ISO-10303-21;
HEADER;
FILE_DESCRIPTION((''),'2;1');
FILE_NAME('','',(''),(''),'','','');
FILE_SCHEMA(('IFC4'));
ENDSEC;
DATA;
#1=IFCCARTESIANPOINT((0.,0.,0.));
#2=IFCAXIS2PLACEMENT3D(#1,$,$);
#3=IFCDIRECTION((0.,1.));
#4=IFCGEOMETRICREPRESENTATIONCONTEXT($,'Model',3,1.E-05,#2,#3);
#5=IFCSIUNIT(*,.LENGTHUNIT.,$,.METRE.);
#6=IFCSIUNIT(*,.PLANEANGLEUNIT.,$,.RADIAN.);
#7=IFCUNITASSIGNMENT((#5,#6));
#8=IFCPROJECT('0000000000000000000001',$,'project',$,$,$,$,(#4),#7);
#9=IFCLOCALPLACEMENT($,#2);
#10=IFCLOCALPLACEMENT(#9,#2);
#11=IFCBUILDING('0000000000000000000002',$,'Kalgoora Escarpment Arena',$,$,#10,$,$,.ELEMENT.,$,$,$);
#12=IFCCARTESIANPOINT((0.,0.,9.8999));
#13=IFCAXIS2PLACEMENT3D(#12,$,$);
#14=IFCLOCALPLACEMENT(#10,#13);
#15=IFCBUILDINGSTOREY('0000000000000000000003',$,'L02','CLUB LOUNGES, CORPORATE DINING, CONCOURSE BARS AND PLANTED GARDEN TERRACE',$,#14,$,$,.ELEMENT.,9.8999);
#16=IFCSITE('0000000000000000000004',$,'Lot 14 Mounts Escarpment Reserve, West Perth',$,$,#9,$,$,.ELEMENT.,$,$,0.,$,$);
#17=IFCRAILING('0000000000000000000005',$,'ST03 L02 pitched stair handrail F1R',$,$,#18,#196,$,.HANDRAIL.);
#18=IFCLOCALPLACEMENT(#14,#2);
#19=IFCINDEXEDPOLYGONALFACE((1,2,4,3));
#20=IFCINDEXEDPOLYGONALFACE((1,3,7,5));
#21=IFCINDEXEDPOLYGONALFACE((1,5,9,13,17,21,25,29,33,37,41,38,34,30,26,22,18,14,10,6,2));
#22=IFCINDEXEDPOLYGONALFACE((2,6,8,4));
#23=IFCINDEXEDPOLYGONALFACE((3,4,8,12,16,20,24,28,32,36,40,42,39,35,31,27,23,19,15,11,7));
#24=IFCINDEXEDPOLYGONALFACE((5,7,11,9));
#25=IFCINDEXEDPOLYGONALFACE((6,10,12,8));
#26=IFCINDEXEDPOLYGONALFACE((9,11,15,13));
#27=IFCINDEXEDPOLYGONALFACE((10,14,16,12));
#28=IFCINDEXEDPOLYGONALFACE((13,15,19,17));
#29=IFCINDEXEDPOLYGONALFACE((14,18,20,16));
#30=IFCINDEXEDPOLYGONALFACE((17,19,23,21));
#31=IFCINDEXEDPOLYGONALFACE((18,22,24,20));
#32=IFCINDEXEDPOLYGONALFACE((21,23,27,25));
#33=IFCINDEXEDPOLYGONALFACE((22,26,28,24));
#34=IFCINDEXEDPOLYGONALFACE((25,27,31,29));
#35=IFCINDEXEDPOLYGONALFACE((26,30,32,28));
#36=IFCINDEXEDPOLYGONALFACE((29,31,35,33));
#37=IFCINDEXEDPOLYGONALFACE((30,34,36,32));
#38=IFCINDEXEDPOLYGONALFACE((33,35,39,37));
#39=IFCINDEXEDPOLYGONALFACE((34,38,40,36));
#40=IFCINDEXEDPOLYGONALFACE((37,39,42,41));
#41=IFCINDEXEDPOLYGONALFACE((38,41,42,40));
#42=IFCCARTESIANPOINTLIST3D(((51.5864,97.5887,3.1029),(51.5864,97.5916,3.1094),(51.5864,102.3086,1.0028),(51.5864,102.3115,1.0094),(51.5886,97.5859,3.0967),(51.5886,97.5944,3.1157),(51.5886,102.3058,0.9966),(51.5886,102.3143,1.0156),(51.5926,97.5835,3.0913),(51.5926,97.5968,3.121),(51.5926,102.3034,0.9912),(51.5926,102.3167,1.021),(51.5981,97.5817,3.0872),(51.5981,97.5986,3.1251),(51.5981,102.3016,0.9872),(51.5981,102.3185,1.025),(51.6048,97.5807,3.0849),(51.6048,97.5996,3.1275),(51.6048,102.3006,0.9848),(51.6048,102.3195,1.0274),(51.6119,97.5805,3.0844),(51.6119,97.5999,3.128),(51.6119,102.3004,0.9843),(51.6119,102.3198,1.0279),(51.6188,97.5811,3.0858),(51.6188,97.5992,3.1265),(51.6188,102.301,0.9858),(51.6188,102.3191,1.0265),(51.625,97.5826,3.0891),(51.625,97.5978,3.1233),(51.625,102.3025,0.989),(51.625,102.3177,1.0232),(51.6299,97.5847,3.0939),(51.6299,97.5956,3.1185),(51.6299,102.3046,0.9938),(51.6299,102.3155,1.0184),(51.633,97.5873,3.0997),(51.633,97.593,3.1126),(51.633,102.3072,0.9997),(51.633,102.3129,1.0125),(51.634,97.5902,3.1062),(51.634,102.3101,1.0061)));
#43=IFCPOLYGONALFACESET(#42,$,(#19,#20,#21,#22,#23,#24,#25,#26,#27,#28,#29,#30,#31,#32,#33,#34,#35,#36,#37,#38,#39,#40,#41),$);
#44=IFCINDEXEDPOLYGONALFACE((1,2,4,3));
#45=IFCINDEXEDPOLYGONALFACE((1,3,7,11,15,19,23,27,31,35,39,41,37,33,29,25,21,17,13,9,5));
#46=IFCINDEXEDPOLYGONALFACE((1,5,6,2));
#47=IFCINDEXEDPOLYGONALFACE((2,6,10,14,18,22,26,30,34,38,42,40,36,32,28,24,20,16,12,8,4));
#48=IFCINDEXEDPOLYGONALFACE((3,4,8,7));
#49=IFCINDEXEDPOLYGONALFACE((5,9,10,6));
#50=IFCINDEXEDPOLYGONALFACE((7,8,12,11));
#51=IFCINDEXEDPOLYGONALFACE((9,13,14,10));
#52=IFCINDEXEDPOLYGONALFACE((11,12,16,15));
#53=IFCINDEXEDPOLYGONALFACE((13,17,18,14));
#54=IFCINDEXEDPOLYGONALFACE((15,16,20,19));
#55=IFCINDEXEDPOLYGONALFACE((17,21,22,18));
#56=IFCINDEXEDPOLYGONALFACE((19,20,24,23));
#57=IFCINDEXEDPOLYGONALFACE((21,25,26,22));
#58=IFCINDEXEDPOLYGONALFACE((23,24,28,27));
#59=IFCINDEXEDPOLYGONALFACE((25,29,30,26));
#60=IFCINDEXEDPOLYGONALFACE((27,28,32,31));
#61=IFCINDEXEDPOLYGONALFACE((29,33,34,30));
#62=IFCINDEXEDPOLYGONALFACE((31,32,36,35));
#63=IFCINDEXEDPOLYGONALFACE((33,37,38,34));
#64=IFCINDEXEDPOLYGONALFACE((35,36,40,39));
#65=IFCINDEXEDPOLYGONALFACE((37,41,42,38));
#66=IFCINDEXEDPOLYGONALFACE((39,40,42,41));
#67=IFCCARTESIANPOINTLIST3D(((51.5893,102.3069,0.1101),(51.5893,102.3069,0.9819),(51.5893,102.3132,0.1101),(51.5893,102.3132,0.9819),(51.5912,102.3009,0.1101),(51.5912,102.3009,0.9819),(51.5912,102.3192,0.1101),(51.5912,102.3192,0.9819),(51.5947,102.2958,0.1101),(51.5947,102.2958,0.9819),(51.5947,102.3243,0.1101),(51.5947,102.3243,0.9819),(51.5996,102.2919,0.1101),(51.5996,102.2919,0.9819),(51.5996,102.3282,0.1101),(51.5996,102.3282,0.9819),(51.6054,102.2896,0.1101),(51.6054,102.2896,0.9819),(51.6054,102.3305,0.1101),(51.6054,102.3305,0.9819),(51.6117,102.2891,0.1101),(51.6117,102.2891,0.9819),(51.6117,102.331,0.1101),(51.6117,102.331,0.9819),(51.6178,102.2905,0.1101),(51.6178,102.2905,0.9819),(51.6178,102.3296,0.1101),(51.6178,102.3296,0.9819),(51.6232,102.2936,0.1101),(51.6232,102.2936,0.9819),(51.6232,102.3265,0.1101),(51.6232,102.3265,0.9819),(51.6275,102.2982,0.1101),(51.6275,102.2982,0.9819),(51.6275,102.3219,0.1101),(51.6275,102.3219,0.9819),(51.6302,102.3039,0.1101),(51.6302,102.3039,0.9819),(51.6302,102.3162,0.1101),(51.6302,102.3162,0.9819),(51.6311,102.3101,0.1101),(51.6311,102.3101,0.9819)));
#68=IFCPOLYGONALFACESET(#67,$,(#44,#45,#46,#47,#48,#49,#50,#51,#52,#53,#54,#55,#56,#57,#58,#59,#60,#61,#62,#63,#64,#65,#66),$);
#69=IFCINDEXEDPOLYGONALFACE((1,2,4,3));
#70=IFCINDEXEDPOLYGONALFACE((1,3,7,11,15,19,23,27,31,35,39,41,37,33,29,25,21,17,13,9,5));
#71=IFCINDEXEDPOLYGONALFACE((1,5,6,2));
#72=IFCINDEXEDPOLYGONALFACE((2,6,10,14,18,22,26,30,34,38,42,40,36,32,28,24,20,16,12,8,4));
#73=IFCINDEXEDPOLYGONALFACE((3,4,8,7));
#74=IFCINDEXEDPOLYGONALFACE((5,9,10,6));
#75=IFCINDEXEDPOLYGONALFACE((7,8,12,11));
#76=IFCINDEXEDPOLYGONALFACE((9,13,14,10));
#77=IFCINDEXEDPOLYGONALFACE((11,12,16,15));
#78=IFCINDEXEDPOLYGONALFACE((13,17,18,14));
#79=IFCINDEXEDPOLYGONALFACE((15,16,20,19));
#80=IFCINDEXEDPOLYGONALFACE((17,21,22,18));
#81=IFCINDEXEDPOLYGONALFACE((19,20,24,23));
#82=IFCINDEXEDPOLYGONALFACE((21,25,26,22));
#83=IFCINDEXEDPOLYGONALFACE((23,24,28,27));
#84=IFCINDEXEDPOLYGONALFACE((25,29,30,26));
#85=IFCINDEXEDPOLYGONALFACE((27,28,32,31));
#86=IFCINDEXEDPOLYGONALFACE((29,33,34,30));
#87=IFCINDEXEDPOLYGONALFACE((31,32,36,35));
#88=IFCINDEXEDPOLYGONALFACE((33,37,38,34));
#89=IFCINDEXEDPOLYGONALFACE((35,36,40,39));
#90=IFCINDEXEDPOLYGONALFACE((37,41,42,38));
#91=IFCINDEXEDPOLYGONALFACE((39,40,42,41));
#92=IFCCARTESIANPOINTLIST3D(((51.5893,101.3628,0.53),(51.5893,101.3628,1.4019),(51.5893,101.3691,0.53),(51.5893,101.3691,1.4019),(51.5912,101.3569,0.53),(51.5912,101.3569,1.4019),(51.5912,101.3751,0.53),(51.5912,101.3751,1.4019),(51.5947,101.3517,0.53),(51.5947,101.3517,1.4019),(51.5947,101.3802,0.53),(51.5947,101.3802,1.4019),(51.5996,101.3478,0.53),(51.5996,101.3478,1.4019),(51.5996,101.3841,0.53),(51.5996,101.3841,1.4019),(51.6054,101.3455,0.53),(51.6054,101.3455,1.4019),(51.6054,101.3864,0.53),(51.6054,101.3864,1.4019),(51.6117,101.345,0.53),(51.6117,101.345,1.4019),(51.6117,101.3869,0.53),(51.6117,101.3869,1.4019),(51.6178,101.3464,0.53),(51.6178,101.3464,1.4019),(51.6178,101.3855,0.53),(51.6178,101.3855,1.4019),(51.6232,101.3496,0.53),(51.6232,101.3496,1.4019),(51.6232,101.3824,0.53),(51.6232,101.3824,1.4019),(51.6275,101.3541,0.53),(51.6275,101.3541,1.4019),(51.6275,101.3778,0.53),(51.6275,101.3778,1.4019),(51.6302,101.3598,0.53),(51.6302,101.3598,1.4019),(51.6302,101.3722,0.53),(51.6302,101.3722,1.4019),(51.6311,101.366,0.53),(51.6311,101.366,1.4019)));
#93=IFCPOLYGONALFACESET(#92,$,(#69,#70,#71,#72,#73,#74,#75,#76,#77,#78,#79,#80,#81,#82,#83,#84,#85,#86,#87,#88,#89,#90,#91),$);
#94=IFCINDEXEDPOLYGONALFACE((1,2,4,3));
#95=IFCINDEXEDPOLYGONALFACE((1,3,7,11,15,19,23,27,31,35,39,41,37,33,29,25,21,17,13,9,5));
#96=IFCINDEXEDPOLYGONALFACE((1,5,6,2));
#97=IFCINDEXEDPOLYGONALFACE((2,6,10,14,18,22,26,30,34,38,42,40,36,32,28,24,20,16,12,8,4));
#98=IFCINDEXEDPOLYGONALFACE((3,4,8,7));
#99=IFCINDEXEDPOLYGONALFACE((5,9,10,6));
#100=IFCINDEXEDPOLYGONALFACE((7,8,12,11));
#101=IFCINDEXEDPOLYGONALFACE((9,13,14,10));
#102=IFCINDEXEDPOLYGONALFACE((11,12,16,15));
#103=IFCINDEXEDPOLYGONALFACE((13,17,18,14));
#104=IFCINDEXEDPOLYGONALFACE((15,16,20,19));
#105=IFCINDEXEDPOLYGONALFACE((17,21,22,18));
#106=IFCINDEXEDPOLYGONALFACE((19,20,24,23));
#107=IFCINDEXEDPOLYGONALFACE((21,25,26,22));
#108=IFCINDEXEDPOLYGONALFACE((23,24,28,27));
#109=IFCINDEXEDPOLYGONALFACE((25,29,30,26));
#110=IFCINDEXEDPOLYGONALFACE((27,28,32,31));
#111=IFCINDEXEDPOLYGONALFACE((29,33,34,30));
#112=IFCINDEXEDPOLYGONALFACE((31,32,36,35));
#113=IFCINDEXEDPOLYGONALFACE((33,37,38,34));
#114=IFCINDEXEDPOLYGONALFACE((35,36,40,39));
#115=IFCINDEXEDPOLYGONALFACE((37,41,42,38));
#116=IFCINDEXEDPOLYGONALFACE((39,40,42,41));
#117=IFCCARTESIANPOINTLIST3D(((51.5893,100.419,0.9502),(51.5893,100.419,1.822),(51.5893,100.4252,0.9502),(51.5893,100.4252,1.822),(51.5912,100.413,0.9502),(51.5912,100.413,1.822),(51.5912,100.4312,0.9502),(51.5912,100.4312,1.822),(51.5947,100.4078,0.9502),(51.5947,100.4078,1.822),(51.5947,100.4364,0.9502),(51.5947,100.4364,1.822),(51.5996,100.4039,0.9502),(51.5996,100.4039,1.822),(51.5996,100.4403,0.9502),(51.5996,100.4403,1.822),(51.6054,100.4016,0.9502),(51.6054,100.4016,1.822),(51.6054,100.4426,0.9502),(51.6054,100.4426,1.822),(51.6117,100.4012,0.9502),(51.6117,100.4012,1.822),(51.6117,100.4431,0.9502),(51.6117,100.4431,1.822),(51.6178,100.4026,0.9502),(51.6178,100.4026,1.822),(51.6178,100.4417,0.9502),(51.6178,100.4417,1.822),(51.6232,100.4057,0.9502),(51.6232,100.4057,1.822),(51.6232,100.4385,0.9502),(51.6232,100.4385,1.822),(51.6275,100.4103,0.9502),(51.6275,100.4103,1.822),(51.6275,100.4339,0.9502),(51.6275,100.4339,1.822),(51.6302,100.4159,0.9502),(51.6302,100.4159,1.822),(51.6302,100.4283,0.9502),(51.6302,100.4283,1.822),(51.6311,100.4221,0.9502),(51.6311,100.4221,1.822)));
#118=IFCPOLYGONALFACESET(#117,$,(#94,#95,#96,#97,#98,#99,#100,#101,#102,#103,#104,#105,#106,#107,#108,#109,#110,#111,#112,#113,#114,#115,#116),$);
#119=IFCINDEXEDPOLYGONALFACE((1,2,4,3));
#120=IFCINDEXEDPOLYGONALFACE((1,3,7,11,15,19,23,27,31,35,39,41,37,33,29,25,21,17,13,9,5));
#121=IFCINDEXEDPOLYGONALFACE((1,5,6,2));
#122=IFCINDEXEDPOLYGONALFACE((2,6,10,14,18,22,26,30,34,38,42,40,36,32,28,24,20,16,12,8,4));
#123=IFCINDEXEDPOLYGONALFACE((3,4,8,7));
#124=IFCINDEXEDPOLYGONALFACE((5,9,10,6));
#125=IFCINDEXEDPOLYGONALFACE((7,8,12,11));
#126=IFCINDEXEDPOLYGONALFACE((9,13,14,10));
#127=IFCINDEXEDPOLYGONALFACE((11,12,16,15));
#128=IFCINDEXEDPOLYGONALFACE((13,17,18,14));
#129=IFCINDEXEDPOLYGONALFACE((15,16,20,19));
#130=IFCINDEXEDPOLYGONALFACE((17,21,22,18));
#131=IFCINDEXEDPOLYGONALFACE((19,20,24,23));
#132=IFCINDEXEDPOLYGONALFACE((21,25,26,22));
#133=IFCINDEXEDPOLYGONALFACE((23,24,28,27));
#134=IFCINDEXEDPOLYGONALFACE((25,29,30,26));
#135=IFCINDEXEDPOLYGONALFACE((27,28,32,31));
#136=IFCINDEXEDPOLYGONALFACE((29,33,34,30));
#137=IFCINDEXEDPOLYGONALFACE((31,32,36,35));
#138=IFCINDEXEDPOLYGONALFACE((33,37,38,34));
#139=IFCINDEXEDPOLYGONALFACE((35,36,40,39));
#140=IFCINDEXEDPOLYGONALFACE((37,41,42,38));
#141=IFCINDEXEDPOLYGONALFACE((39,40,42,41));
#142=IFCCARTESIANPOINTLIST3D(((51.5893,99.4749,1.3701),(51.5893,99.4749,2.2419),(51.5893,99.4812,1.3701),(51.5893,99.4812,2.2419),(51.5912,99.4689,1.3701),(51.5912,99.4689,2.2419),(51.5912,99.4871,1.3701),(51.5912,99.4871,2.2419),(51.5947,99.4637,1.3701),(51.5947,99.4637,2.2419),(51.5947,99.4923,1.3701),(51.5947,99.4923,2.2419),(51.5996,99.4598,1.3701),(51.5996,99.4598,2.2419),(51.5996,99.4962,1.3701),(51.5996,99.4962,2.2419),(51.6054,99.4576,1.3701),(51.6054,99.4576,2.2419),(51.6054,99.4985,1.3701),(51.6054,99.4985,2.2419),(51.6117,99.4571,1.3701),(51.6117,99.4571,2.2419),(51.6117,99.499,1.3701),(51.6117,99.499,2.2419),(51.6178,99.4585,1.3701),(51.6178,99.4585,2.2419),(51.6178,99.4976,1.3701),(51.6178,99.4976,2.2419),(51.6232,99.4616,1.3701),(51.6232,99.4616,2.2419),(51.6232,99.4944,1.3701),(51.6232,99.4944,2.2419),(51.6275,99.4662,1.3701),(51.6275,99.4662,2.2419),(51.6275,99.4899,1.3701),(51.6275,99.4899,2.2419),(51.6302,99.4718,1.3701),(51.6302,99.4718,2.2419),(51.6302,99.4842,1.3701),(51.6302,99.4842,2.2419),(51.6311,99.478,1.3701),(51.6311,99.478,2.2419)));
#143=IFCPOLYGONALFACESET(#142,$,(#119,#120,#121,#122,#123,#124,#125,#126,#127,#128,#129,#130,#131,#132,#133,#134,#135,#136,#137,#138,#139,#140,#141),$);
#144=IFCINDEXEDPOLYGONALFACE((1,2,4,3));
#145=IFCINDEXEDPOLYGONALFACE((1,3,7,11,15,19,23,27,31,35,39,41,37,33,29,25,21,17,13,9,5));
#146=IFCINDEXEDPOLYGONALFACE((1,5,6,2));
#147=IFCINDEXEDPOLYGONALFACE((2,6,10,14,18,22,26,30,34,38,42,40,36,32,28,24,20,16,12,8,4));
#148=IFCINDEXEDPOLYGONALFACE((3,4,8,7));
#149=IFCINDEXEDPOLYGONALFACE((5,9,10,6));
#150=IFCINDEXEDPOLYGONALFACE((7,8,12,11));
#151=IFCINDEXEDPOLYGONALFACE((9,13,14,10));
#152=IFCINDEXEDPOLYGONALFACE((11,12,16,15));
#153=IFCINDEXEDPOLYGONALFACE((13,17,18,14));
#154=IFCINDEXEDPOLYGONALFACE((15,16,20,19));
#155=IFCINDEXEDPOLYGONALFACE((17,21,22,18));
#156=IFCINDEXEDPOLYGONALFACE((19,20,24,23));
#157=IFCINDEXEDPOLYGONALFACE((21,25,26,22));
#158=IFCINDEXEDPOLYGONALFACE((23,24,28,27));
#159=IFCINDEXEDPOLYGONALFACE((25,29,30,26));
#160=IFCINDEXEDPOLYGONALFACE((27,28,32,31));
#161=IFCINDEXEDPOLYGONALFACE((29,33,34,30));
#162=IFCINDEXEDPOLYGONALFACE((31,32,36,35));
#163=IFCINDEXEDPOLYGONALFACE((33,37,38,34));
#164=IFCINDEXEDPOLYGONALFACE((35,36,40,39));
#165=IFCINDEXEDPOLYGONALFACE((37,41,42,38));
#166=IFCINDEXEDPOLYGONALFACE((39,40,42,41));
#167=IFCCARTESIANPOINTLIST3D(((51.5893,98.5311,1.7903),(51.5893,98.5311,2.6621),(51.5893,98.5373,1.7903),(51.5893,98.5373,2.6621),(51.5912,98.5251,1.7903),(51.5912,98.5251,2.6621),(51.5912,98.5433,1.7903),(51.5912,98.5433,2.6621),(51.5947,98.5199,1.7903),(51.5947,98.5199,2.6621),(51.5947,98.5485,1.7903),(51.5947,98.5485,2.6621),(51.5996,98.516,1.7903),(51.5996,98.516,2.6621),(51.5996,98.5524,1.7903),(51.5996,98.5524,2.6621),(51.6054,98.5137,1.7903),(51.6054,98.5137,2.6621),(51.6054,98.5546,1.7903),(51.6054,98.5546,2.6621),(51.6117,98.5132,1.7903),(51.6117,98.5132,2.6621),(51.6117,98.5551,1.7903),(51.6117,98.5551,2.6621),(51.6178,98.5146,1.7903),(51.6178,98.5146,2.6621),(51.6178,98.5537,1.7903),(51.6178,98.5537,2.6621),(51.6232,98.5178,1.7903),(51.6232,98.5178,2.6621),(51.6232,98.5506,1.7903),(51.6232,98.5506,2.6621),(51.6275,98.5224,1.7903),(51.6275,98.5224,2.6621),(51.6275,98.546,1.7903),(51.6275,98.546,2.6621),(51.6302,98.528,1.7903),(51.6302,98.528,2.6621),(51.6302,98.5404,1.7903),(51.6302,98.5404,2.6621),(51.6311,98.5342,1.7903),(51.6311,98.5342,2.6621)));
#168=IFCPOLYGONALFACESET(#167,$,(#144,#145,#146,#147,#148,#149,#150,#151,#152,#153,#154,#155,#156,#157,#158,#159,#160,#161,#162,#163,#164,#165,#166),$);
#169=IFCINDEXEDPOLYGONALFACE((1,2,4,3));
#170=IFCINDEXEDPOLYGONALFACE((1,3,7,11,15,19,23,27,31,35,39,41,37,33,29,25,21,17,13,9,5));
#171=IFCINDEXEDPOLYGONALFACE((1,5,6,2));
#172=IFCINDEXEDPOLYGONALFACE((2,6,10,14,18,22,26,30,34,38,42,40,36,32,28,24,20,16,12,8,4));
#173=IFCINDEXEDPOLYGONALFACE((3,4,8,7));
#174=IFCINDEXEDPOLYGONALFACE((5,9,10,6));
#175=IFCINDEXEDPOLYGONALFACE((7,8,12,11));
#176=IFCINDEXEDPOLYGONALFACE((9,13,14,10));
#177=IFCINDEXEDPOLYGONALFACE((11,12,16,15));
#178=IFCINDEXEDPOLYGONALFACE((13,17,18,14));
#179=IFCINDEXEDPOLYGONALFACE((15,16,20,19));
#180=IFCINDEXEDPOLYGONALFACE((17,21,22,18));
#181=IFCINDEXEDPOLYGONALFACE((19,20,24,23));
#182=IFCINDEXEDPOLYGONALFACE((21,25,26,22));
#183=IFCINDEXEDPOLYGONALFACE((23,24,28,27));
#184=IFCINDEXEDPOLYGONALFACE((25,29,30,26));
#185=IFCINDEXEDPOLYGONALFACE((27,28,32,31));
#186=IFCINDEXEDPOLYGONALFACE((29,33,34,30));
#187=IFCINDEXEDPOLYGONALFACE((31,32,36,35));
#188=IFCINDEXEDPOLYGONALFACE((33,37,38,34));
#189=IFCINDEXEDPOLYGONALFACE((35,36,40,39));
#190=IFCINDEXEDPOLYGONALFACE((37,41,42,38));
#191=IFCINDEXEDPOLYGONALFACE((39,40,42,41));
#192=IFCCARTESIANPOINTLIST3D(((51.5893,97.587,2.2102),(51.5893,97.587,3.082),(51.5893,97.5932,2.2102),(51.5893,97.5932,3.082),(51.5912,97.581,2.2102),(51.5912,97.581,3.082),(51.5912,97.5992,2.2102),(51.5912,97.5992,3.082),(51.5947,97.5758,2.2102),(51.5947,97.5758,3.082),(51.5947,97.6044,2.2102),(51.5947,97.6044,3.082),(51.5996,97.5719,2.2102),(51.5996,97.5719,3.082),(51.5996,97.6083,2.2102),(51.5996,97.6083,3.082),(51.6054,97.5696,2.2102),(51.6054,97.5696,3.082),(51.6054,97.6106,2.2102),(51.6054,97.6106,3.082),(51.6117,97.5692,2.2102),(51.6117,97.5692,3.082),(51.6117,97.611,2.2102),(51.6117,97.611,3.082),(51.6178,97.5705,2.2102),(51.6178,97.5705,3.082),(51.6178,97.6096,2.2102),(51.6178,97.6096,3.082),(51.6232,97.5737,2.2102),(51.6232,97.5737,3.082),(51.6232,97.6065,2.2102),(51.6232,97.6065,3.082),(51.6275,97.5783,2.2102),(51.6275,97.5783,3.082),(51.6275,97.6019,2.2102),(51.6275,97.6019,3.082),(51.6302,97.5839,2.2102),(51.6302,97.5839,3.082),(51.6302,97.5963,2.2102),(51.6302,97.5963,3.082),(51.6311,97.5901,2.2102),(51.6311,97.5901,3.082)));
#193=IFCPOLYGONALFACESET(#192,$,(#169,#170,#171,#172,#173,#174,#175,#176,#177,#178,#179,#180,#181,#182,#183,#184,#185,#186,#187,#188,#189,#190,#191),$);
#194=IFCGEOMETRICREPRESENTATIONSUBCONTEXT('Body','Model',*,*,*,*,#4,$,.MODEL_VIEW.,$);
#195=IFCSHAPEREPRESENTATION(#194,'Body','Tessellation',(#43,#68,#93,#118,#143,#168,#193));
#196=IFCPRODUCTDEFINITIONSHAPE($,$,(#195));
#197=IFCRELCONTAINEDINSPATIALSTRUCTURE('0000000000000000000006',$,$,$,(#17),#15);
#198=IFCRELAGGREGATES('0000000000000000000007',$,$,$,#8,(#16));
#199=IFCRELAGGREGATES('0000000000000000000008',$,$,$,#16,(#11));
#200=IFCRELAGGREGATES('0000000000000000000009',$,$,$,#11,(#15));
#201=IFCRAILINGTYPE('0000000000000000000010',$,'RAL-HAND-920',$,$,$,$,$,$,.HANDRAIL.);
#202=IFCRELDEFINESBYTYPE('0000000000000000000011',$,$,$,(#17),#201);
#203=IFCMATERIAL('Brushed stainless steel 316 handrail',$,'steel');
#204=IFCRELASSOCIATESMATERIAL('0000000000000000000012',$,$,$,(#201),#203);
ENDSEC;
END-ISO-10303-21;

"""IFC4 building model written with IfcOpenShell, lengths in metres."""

from ifc_helpers import new_model, si_unit, direction, frame, origin, origin_2d, place, context, subcontext, project, spatial, circle, extrude, material, type_object, element, save


model = new_model("IFC4")

# Units and contexts
model_context = context("Model", 3, precision=1e-05, world=origin(), true_north=direction((0.0, 1.0)))
body_context = subcontext(model_context, "Body", "Model", "MODEL_VIEW")
ifc_project = project(units=[si_unit("LENGTHUNIT", "METRE"), si_unit("PLANEANGLEUNIT", "RADIAN")], contexts=[model_context])

# Site, building, storey
site_placement = place(None, origin())
site = spatial("IfcSite", under=ifc_project, at=site_placement, Name="Lot 14 Mounts Escarpment Reserve, West Perth", CompositionType="ELEMENT", RefElevation=0.0)
building_placement = place(site_placement, origin())
building = spatial("IfcBuilding", under=site, at=building_placement, Name="Kalgoora Escarpment Arena", CompositionType="ELEMENT")
storey_placement = place(building_placement, frame((0.0, 0.0, 9.8999)))
storey = spatial("IfcBuildingStorey", under=building, at=storey_placement, Name="L02", Description="CLUB LOUNGES, CORPORATE DINING, CONCOURSE BARS AND PLANTED GARDEN TERRACE", CompositionType="ELEMENT", Elevation=9.8999)

# Railing
ifc_material_1 = material(Name="Brushed stainless steel 316 handrail", Category="steel")
railing_type = type_object("IfcRailingType", Name="RAL-HAND-920", PredefinedType="HANDRAIL", material=ifc_material_1)
railing_1_placement = place(storey_placement, frame((51.6101, 102.3101, 0.1101)))
element("IfcRailing", 1, at=railing_1_placement, inside=storey, type_object=railing_type, Name="ST03 L02 pitched stair handrail F1R", PredefinedType="HANDRAIL", context=body_context, shape_type="SweptSolid", body=[
    extrude(circle(Radius=0.0239, at=origin_2d()), frame((0.0, 0.0, 0.896), z_axis=(0.0, -0.913644, 0.406516), x_axis=(1.0, 0.0, 0.0)), (0.0, 0.0, 1.0), 5.166),
    extrude(circle(Radius=0.021, at=origin_2d()), origin(), (0.0, 0.0, 1.0), 0.8718),
    extrude(circle(Radius=0.021, at=origin_2d()), frame((0.0, -0.9441, 0.4199)), (0.0, 0.0, 1.0), 0.8718),
    extrude(circle(Radius=0.021, at=origin_2d()), frame((0.0, -1.8879, 0.8401)), (0.0, 0.0, 1.0), 0.8718),
    extrude(circle(Radius=0.021, at=origin_2d()), frame((0.0, -2.832, 1.26)), (0.0, 0.0, 1.0), 0.8718),
    extrude(circle(Radius=0.021, at=origin_2d()), frame((0.0, -3.7759, 1.6802)), (0.0, 0.0, 1.0), 0.8718),
    extrude(circle(Radius=0.021, at=origin_2d()), frame((0.0, -4.72, 2.1001)), (0.0, 0.0, 1.0), 0.8718),
])

save(model, "model.ifc")
